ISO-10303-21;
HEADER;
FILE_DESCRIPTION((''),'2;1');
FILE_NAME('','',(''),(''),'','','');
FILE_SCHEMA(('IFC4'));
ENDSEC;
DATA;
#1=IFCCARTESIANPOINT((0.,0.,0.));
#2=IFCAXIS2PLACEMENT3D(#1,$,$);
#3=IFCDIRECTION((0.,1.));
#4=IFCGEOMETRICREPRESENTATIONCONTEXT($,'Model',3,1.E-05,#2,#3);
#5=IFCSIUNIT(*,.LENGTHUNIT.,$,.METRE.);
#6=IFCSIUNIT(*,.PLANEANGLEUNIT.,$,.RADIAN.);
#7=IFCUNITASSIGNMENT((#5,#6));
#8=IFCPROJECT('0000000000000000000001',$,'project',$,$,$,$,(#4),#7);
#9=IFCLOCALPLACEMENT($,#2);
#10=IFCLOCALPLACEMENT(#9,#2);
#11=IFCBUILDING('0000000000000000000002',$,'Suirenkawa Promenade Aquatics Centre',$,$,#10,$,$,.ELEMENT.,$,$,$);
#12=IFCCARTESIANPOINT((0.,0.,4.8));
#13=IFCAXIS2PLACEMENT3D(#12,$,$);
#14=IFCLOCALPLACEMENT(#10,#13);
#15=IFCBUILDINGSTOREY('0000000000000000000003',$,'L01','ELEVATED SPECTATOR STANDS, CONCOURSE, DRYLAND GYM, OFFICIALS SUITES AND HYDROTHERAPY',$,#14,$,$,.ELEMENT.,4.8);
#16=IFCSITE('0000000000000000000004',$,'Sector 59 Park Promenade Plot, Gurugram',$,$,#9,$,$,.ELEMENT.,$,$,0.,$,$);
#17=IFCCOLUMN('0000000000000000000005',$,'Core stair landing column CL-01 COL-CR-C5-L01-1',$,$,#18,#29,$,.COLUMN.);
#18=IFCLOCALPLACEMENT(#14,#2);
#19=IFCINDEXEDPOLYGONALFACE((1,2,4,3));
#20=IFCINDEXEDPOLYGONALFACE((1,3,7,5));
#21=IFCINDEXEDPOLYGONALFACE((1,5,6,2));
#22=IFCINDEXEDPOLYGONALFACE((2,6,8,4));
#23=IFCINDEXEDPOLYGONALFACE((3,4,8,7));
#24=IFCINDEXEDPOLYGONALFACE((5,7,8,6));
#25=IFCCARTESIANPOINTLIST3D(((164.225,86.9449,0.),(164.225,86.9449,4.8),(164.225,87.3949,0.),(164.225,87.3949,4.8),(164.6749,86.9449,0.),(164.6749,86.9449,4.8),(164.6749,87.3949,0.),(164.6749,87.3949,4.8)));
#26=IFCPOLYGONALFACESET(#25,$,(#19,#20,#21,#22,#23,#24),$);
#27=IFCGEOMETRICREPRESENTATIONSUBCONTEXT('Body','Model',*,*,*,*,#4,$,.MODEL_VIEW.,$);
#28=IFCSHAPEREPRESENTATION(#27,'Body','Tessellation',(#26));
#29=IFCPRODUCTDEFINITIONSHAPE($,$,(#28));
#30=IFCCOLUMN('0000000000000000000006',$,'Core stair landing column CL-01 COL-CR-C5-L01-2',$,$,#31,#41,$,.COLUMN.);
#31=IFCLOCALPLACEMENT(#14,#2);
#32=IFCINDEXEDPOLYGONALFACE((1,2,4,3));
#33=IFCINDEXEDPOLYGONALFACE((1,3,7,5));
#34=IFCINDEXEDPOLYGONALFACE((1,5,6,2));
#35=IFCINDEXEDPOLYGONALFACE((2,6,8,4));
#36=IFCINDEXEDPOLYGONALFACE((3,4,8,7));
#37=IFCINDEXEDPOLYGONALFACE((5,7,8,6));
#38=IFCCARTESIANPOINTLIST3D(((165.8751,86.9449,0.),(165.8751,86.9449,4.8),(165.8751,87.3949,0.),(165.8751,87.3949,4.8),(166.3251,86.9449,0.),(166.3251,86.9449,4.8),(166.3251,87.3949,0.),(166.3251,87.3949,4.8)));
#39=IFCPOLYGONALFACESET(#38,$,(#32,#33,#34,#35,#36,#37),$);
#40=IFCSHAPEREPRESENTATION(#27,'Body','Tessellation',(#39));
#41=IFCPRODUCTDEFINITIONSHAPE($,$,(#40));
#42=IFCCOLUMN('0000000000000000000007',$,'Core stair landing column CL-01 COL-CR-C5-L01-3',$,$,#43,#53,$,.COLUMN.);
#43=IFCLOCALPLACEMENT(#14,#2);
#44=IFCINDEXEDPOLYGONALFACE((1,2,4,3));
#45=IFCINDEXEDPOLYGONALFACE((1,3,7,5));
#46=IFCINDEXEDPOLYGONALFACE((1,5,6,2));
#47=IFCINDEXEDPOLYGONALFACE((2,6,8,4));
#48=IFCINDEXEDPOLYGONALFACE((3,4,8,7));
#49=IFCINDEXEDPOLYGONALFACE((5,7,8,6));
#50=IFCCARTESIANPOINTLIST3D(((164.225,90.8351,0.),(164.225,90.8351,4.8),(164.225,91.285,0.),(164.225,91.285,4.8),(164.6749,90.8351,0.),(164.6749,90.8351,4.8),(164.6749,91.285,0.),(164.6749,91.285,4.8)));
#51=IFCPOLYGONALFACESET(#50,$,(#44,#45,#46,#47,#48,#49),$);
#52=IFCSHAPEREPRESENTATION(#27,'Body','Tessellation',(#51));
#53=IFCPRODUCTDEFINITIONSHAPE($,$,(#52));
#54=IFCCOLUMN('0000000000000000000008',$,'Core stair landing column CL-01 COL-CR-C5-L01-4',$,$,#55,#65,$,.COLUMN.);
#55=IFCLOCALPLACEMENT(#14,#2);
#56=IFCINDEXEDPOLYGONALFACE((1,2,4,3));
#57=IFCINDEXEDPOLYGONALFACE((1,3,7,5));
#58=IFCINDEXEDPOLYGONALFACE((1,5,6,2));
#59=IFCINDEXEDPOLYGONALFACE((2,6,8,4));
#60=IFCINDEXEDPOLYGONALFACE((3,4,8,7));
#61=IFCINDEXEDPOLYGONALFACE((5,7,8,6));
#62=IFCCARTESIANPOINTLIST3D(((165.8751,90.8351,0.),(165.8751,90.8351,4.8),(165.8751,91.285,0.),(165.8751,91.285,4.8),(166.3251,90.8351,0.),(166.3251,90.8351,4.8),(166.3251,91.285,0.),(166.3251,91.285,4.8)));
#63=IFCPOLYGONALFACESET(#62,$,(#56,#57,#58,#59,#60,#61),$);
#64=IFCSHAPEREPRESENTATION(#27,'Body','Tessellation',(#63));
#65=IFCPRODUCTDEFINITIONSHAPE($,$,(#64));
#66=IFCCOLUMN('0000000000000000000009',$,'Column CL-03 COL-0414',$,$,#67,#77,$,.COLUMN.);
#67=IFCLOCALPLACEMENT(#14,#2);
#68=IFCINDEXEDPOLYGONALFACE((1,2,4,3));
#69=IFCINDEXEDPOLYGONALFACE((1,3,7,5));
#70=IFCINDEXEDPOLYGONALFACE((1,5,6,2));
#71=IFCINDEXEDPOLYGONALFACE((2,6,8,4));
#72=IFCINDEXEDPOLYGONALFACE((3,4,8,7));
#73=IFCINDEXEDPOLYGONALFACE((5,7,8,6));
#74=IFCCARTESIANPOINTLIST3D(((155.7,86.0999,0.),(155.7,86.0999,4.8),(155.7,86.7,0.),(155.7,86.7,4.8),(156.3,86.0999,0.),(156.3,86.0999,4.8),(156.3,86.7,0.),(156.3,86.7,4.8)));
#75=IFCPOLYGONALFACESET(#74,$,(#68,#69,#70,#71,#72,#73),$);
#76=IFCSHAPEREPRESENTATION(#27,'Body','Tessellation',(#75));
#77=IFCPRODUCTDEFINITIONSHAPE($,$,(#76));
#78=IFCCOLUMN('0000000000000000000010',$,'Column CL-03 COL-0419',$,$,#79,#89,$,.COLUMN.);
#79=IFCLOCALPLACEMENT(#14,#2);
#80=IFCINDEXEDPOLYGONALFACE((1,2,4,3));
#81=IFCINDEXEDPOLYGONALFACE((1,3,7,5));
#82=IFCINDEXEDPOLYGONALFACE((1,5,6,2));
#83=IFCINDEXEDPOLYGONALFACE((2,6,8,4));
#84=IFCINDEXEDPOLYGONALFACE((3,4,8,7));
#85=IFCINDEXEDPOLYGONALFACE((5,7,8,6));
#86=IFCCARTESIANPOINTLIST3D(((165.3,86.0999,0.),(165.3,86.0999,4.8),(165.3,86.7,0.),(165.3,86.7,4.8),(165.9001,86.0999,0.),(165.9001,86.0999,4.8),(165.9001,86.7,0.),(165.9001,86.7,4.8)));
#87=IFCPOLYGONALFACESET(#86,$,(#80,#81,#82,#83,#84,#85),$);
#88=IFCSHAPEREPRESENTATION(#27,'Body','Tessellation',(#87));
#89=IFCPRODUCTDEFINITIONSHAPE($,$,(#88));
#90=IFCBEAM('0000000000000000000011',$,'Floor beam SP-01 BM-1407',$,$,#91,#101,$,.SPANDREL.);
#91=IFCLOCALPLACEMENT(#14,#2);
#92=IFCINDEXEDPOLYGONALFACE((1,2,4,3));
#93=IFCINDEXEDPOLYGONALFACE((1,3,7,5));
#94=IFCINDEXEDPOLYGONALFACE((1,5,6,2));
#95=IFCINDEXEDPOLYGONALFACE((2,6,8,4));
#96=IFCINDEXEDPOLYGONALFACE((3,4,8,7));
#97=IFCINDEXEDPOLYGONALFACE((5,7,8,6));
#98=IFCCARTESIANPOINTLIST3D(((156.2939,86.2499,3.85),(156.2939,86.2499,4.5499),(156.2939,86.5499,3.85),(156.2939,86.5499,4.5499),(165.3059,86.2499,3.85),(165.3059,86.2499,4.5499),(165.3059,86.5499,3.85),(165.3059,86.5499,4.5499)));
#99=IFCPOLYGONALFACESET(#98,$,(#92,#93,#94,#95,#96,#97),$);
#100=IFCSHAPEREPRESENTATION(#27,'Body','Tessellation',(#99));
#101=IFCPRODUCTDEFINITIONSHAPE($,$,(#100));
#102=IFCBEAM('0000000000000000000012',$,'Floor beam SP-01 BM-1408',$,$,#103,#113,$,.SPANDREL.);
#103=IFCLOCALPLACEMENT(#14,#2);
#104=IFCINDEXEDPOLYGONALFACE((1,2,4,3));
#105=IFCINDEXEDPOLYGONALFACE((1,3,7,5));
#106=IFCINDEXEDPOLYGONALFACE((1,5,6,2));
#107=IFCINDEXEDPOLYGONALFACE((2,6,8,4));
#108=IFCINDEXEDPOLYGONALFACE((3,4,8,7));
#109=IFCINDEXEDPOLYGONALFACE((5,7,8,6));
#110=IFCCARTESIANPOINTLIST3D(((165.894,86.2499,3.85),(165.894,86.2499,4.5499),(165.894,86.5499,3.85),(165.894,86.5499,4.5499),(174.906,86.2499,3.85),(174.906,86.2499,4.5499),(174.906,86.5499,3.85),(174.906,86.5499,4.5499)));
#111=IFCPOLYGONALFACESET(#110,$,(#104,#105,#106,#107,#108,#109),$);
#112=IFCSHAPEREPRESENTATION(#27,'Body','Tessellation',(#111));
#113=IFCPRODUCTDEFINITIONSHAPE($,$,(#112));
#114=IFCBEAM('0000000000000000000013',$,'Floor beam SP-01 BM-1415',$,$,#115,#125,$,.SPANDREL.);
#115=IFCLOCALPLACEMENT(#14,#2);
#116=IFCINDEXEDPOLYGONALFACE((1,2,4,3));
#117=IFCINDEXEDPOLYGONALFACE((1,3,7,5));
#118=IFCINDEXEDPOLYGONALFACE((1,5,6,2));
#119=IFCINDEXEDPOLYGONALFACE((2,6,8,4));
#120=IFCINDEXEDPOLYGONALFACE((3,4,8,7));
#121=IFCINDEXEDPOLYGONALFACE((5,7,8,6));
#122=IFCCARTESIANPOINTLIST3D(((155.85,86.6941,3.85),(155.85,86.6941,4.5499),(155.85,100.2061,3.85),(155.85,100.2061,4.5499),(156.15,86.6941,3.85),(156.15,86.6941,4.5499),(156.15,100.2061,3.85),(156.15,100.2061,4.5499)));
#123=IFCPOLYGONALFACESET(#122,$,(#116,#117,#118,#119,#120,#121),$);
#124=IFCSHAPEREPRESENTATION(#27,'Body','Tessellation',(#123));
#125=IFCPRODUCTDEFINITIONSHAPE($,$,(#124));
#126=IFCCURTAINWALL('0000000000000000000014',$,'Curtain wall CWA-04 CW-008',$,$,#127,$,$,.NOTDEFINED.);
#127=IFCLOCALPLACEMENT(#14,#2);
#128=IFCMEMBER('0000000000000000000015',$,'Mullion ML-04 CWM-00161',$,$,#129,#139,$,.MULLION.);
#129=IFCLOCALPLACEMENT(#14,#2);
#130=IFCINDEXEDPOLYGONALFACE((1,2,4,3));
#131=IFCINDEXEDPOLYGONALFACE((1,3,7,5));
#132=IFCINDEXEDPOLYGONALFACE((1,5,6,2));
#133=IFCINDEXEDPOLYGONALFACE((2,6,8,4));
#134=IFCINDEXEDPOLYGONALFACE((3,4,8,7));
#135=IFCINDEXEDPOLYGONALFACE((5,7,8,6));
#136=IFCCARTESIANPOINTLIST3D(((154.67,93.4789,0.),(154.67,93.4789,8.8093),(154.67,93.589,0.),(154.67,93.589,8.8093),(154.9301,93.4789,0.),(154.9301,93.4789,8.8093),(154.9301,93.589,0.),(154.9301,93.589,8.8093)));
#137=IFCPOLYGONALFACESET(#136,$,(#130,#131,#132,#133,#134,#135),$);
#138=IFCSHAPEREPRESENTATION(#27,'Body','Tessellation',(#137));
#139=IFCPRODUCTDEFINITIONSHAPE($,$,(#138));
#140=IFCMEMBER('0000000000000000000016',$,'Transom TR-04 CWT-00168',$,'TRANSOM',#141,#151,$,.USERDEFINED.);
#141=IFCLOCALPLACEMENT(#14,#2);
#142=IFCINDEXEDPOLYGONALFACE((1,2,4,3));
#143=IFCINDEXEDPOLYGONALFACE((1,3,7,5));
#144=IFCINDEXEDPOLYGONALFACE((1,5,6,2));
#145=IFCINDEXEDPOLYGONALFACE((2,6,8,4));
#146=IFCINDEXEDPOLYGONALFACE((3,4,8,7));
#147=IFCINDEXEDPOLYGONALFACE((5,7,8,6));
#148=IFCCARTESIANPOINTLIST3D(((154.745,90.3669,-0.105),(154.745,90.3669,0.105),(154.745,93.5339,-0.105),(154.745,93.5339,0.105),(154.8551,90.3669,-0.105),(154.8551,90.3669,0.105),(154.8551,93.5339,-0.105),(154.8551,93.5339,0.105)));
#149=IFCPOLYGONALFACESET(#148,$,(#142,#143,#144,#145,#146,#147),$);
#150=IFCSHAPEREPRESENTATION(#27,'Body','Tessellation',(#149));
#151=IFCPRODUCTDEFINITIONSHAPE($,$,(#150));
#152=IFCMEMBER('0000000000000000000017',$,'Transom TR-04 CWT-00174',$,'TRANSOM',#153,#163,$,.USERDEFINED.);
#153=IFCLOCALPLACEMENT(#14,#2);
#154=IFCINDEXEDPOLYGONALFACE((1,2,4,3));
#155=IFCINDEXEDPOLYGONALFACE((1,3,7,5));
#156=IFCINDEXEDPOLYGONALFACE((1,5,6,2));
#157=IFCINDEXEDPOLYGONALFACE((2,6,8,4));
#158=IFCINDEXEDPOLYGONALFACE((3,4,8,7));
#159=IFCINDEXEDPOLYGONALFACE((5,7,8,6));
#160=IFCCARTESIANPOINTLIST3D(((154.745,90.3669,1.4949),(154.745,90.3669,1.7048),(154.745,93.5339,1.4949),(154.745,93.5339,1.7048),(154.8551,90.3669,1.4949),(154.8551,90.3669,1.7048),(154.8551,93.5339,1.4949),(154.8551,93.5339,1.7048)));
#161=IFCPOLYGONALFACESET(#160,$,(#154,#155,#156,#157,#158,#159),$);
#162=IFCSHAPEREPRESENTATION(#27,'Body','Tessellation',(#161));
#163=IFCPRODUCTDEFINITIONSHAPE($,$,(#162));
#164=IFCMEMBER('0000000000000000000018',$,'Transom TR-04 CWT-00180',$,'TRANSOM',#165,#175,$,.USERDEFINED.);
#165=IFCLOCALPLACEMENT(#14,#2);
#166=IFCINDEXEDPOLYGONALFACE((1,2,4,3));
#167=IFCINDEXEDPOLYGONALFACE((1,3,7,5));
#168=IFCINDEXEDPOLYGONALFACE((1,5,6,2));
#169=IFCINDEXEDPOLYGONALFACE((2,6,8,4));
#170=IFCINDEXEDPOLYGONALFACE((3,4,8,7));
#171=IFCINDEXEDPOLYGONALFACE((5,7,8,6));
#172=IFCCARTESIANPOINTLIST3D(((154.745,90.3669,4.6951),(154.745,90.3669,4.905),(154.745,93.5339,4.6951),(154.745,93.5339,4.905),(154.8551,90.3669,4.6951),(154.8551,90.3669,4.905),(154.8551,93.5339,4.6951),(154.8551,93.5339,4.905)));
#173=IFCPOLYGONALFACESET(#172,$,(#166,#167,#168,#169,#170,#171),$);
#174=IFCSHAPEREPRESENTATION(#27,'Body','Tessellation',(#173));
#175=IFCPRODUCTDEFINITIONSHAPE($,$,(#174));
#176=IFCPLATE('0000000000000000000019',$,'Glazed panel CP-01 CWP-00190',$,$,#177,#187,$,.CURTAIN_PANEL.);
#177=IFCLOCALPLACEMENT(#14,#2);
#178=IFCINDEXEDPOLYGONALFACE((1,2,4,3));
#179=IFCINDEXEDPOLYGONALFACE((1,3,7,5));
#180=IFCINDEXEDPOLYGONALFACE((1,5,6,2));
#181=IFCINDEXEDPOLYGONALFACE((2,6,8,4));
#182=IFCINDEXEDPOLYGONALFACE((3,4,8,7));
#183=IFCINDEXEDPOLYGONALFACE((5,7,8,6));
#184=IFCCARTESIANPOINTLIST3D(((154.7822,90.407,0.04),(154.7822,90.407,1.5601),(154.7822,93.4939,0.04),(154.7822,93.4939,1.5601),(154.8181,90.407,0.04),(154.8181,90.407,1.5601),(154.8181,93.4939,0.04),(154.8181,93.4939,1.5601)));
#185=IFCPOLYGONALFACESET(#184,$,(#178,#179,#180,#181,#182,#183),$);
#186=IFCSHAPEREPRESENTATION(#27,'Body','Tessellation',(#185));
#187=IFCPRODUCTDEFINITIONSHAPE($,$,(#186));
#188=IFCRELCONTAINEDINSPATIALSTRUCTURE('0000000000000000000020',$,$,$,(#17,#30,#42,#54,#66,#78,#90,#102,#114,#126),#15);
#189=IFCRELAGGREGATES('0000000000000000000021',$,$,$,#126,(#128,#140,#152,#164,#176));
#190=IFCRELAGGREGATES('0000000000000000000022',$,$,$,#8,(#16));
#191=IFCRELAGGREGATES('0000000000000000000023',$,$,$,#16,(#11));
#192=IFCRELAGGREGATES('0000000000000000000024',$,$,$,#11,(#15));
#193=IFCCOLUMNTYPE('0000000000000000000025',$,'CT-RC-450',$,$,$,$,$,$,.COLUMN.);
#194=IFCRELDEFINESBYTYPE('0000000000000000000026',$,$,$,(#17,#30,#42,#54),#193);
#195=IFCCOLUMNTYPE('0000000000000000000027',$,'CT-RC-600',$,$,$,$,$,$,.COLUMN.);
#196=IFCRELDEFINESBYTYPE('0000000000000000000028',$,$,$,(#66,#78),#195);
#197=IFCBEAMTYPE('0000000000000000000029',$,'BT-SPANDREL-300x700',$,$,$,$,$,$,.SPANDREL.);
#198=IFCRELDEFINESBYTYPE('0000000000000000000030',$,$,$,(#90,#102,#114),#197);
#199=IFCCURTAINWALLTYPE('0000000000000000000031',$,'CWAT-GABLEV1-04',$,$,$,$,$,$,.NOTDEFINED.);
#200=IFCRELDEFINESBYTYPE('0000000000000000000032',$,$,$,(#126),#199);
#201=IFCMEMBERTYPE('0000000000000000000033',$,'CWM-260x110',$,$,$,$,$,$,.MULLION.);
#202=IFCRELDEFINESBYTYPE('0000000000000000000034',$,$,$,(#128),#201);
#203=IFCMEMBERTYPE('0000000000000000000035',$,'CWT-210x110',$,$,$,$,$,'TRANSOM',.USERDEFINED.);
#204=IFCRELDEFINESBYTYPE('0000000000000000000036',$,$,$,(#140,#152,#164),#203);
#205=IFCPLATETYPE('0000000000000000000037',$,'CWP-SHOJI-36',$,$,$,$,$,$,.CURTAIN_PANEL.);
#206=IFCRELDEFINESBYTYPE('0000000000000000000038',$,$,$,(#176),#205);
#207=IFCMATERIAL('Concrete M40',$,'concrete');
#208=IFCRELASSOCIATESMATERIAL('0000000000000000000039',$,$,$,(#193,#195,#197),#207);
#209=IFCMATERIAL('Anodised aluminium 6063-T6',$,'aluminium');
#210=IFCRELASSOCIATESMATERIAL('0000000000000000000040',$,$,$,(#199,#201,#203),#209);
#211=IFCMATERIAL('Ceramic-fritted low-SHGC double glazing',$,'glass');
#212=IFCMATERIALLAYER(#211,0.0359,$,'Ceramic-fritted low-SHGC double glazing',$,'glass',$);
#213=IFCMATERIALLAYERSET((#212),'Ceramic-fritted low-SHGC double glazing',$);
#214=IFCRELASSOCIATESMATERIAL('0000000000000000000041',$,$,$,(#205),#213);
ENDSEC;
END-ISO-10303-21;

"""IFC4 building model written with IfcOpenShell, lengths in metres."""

from ifc_helpers import new_model, si_unit, direction, frame, origin, origin_2d, place, context, subcontext, project, spatial, polyline, rectangle, outline, extrude, material, layer, layer_set, material_profile, profile_set, type_object, element, aggregate, save


model = new_model("IFC4")

# Units and contexts
model_context = context("Model", 3, precision=1e-05, world=origin(), true_north=direction((0.0, 1.0)))
body_context = subcontext(model_context, "Body", "Model", "MODEL_VIEW")
ifc_project = project(units=[si_unit("LENGTHUNIT", "METRE"), si_unit("PLANEANGLEUNIT", "RADIAN")], contexts=[model_context])

# Site, building, storey
site_placement = place(None, origin())
site = spatial("IfcSite", under=ifc_project, at=site_placement, Name="Sector 59 Park Promenade Plot, Gurugram", CompositionType="ELEMENT", RefElevation=0.0)
building_placement = place(site_placement, origin())
building = spatial("IfcBuilding", under=site, at=building_placement, Name="Suirenkawa Promenade Aquatics Centre", CompositionType="ELEMENT")
storey_placement = place(building_placement, frame((0.0, 0.0, 4.8)))
storey = spatial("IfcBuildingStorey", under=building, at=storey_placement, Name="L01", Description="ELEVATED SPECTATOR STANDS, CONCOURSE, DRYLAND GYM, OFFICIALS SUITES AND HYDROTHERAPY", CompositionType="ELEMENT", Elevation=4.8)

# Columns
ifc_material_1 = material(Name="Concrete M40", Category="concrete")
ifc_material_profile_1 = material_profile(ifc_material_1, rectangle(XDim=0.45, YDim=0.45, at=origin_2d()), Name="RC COL 450x450", Category="concrete")
ifc_profile_set_1 = profile_set([ifc_material_profile_1], Name="Concrete M40")
column_type_1 = type_object("IfcColumnType", Name="CT-RC-450", PredefinedType="COLUMN", material=ifc_profile_set_1)
for number, where, z_axis, x_axis, name in (
    (1, (164.45, 87.1699, 0.0), (0.0, 0.0, 1.0), (1.0, 0.0, 0.0), "Core stair landing column CL-01 COL-CR-C5-L01-1"),
    (2, (166.1001, 87.1699, 0.0), (0.0, 0.0, 1.0), (1.0, 0.0, 0.0), "Core stair landing column CL-01 COL-CR-C5-L01-2"),
    (3, (164.45, 91.0601, 0.0), (0.0, 0.0, 1.0), (1.0, 0.0, 0.0), "Core stair landing column CL-01 COL-CR-C5-L01-3"),
    (4, (166.1001, 91.0601, 0.0), (0.0, 0.0, 1.0), (1.0, 0.0, 0.0), "Core stair landing column CL-01 COL-CR-C5-L01-4"),
):
    element("IfcColumn", number, at=place(storey_placement, frame(where, z_axis=z_axis, x_axis=x_axis)), inside=storey, type_object=column_type_1, Name=name, PredefinedType="COLUMN", context=body_context, shape_type="SweptSolid", body=[
        extrude(rectangle(XDim=0.45, YDim=0.45, at=origin_2d()), origin(), (0.0, 0.0, 1.0), 4.8),
    ])
ifc_material_profile_2 = material_profile(ifc_material_1, rectangle(XDim=0.6001, YDim=0.6001, at=origin_2d()), Name="RC COL 600x600", Category="concrete")
ifc_profile_set_2 = profile_set([ifc_material_profile_2], Name="Concrete M40")
column_type_2 = type_object("IfcColumnType", Name="CT-RC-600", PredefinedType="COLUMN", material=ifc_profile_set_2)
for number, where, z_axis, x_axis, name in (
    (5, (156.0, 86.3999, 0.0), (0.0, 0.0, 1.0), (1.0, 0.0, 0.0), "Column CL-03 COL-0414"),
    (6, (165.6001, 86.3999, 0.0), (0.0, 0.0, 1.0), (1.0, 0.0, 0.0), "Column CL-03 COL-0419"),
):
    element("IfcColumn", number, at=place(storey_placement, frame(where, z_axis=z_axis, x_axis=x_axis)), inside=storey, type_object=column_type_2, Name=name, PredefinedType="COLUMN", context=body_context, shape_type="SweptSolid", body=[
        extrude(rectangle(XDim=0.6001, YDim=0.6001, at=origin_2d()), origin(), (0.0, 0.0, 1.0), 4.8),
    ])

# Beams
ifc_material_profile_3 = material_profile(ifc_material_1, rectangle(XDim=0.3, YDim=0.7, at=origin_2d()), Name="RC SPANDREL 300x700", Category="concrete")
ifc_profile_set_3 = profile_set([ifc_material_profile_3], Name="Concrete M40")
beam_type = type_object("IfcBeamType", Name="BT-SPANDREL-300x700", PredefinedType="SPANDREL", material=ifc_profile_set_3)
for number, where, z_axis, x_axis, name in (
    (7, (156.2939, 86.3999, 4.2), (1.0, 0.0, 0.0), (0.0, 1.0, 0.0), "Floor beam SP-01 BM-1407"),
    (8, (165.894, 86.3999, 4.2), (1.0, 0.0, 0.0), (0.0, 1.0, 0.0), "Floor beam SP-01 BM-1408"),
):
    element("IfcBeam", number, at=place(storey_placement, frame(where, z_axis=z_axis, x_axis=x_axis)), inside=storey, type_object=beam_type, Name=name, PredefinedType="SPANDREL", context=body_context, shape_type="SweptSolid", body=[
        extrude(rectangle(XDim=0.3, YDim=0.7, at=origin_2d()), origin(), (0.0, 0.0, 1.0), 9.012),
    ])
beam_placement = place(storey_placement, frame((156.0, 86.6941, 4.2), z_axis=(0.0, 1.0, 0.0), x_axis=(-1.0, 0.0, 0.0)))
element("IfcBeam", 9, at=beam_placement, inside=storey, type_object=beam_type, Name="Floor beam SP-01 BM-1415", PredefinedType="SPANDREL", context=body_context, shape_type="SweptSolid", body=[
    extrude(rectangle(XDim=0.3, YDim=0.7, at=origin_2d()), origin(), (0.0, 0.0, 1.0), 13.512),
])

# Curtain wall, members, plate
ifc_material_2 = material(Name="Anodised aluminium 6063-T6", Category="aluminium")
curtain_wall_type = type_object("IfcCurtainWallType", Name="CWAT-GABLEV1-04", PredefinedType="NOTDEFINED", material=ifc_material_2)
curtain_wall_placement = place(storey_placement, origin())
curtain_wall = element("IfcCurtainWall", 10, at=curtain_wall_placement, inside=storey, type_object=curtain_wall_type, Name="Curtain wall CWA-04 CW-008", PredefinedType="NOTDEFINED")
ifc_material_profile_4 = material_profile(ifc_material_2, rectangle(XDim=0.1101, YDim=0.26, at=origin_2d()), Name="ALU MULL 110x260", Category="aluminium")
ifc_profile_set_4 = profile_set([ifc_material_profile_4], Name="Anodised aluminium 6063-T6")
member_type_1 = type_object("IfcMemberType", Name="CWM-260x110", PredefinedType="MULLION", material=ifc_profile_set_4)
member_1_placement = place(storey_placement, frame((154.8, 93.5339, 0.0), z_axis=(0.0, 0.0, 1.0), x_axis=(0.0, -1.0, 0.0)))
member_1 = element("IfcMember", 11, at=member_1_placement, type_object=member_type_1, Name="Mullion ML-04 CWM-00161", PredefinedType="MULLION", context=body_context, shape_type="SweptSolid", body=[
    extrude(rectangle(XDim=0.1101, YDim=0.26, at=origin_2d()), origin(), (0.0, 0.0, 1.0), 8.8093),
])
ifc_material_profile_5 = material_profile(ifc_material_2, rectangle(XDim=0.1101, YDim=0.21, at=origin_2d()), Name="ALU TRAN 110x210", Category="aluminium")
ifc_profile_set_5 = profile_set([ifc_material_profile_5], Name="Anodised aluminium 6063-T6")
member_type_2 = type_object("IfcMemberType", Name="CWT-210x110", ElementType="TRANSOM", PredefinedType="USERDEFINED", material=ifc_profile_set_5)
member_2_placement = place(storey_placement, frame((154.8, 93.5339, 0.0), z_axis=(0.0, -1.0, 0.0), x_axis=(1.0, 0.0, 0.0)))
member_2 = element("IfcMember", 12, at=member_2_placement, type_object=member_type_2, Name="Transom TR-04 CWT-00168", ObjectType="TRANSOM", PredefinedType="USERDEFINED", context=body_context, shape_type="SweptSolid", body=[
    extrude(rectangle(XDim=0.1101, YDim=0.21, at=origin_2d()), origin(), (0.0, 0.0, 1.0), 3.167),
])
member_3_placement = place(storey_placement, frame((154.8, 93.5339, 1.5999), z_axis=(0.0, -1.0, 0.0), x_axis=(1.0, 0.0, 0.0)))
member_3 = element("IfcMember", 13, at=member_3_placement, type_object=member_type_2, Name="Transom TR-04 CWT-00174", ObjectType="TRANSOM", PredefinedType="USERDEFINED", context=body_context, shape_type="SweptSolid", body=[
    extrude(rectangle(XDim=0.1101, YDim=0.21, at=origin_2d()), origin(), (0.0, 0.0, 1.0), 3.167),
])
member_4_placement = place(storey_placement, frame((154.8, 93.5339, 4.8), z_axis=(0.0, -1.0, 0.0), x_axis=(1.0, 0.0, 0.0)))
member_4 = element("IfcMember", 14, at=member_4_placement, type_object=member_type_2, Name="Transom TR-04 CWT-00180", ObjectType="TRANSOM", PredefinedType="USERDEFINED", context=body_context, shape_type="SweptSolid", body=[
    extrude(rectangle(XDim=0.1101, YDim=0.21, at=origin_2d()), origin(), (0.0, 0.0, 1.0), 3.167),
])
ifc_material_3 = material(Name="Ceramic-fritted low-SHGC double glazing", Category="glass")
ifc_layer_1 = layer(ifc_material_3, 0.0359, Name="Ceramic-fritted low-SHGC double glazing", Category="glass")
ifc_layer_set_1 = layer_set([ifc_layer_1], Name="Ceramic-fritted low-SHGC double glazing")
plate_type = type_object("IfcPlateType", Name="CWP-SHOJI-36", PredefinedType="CURTAIN_PANEL", material=ifc_layer_set_1)
plate_1_placement = place(storey_placement, frame((154.8, 93.5339, 0.04), z_axis=(0.0, 0.0, 1.0), x_axis=(0.0, -1.0, 0.0)))
plate_1 = element("IfcPlate", 15, at=plate_1_placement, type_object=plate_type, Name="Glazed panel CP-01 CWP-00190", PredefinedType="CURTAIN_PANEL", context=body_context, shape_type="SweptSolid", body=[
    extrude(outline(polyline([(0.04, 0.0), (3.127, 0.0), (3.127, 1.52), (0.04, 1.52), (0.04, 0.0)])), frame((0.0, 0.0181, 0.0), z_axis=(0.0, -1.0, 0.0), x_axis=(1.0, 0.0, 0.0)), (0.0, 0.0, 1.0), 0.0359),
])
aggregate(curtain_wall, [member_1, member_2, member_3, member_4, plate_1])

save(model, "model.ifc")
